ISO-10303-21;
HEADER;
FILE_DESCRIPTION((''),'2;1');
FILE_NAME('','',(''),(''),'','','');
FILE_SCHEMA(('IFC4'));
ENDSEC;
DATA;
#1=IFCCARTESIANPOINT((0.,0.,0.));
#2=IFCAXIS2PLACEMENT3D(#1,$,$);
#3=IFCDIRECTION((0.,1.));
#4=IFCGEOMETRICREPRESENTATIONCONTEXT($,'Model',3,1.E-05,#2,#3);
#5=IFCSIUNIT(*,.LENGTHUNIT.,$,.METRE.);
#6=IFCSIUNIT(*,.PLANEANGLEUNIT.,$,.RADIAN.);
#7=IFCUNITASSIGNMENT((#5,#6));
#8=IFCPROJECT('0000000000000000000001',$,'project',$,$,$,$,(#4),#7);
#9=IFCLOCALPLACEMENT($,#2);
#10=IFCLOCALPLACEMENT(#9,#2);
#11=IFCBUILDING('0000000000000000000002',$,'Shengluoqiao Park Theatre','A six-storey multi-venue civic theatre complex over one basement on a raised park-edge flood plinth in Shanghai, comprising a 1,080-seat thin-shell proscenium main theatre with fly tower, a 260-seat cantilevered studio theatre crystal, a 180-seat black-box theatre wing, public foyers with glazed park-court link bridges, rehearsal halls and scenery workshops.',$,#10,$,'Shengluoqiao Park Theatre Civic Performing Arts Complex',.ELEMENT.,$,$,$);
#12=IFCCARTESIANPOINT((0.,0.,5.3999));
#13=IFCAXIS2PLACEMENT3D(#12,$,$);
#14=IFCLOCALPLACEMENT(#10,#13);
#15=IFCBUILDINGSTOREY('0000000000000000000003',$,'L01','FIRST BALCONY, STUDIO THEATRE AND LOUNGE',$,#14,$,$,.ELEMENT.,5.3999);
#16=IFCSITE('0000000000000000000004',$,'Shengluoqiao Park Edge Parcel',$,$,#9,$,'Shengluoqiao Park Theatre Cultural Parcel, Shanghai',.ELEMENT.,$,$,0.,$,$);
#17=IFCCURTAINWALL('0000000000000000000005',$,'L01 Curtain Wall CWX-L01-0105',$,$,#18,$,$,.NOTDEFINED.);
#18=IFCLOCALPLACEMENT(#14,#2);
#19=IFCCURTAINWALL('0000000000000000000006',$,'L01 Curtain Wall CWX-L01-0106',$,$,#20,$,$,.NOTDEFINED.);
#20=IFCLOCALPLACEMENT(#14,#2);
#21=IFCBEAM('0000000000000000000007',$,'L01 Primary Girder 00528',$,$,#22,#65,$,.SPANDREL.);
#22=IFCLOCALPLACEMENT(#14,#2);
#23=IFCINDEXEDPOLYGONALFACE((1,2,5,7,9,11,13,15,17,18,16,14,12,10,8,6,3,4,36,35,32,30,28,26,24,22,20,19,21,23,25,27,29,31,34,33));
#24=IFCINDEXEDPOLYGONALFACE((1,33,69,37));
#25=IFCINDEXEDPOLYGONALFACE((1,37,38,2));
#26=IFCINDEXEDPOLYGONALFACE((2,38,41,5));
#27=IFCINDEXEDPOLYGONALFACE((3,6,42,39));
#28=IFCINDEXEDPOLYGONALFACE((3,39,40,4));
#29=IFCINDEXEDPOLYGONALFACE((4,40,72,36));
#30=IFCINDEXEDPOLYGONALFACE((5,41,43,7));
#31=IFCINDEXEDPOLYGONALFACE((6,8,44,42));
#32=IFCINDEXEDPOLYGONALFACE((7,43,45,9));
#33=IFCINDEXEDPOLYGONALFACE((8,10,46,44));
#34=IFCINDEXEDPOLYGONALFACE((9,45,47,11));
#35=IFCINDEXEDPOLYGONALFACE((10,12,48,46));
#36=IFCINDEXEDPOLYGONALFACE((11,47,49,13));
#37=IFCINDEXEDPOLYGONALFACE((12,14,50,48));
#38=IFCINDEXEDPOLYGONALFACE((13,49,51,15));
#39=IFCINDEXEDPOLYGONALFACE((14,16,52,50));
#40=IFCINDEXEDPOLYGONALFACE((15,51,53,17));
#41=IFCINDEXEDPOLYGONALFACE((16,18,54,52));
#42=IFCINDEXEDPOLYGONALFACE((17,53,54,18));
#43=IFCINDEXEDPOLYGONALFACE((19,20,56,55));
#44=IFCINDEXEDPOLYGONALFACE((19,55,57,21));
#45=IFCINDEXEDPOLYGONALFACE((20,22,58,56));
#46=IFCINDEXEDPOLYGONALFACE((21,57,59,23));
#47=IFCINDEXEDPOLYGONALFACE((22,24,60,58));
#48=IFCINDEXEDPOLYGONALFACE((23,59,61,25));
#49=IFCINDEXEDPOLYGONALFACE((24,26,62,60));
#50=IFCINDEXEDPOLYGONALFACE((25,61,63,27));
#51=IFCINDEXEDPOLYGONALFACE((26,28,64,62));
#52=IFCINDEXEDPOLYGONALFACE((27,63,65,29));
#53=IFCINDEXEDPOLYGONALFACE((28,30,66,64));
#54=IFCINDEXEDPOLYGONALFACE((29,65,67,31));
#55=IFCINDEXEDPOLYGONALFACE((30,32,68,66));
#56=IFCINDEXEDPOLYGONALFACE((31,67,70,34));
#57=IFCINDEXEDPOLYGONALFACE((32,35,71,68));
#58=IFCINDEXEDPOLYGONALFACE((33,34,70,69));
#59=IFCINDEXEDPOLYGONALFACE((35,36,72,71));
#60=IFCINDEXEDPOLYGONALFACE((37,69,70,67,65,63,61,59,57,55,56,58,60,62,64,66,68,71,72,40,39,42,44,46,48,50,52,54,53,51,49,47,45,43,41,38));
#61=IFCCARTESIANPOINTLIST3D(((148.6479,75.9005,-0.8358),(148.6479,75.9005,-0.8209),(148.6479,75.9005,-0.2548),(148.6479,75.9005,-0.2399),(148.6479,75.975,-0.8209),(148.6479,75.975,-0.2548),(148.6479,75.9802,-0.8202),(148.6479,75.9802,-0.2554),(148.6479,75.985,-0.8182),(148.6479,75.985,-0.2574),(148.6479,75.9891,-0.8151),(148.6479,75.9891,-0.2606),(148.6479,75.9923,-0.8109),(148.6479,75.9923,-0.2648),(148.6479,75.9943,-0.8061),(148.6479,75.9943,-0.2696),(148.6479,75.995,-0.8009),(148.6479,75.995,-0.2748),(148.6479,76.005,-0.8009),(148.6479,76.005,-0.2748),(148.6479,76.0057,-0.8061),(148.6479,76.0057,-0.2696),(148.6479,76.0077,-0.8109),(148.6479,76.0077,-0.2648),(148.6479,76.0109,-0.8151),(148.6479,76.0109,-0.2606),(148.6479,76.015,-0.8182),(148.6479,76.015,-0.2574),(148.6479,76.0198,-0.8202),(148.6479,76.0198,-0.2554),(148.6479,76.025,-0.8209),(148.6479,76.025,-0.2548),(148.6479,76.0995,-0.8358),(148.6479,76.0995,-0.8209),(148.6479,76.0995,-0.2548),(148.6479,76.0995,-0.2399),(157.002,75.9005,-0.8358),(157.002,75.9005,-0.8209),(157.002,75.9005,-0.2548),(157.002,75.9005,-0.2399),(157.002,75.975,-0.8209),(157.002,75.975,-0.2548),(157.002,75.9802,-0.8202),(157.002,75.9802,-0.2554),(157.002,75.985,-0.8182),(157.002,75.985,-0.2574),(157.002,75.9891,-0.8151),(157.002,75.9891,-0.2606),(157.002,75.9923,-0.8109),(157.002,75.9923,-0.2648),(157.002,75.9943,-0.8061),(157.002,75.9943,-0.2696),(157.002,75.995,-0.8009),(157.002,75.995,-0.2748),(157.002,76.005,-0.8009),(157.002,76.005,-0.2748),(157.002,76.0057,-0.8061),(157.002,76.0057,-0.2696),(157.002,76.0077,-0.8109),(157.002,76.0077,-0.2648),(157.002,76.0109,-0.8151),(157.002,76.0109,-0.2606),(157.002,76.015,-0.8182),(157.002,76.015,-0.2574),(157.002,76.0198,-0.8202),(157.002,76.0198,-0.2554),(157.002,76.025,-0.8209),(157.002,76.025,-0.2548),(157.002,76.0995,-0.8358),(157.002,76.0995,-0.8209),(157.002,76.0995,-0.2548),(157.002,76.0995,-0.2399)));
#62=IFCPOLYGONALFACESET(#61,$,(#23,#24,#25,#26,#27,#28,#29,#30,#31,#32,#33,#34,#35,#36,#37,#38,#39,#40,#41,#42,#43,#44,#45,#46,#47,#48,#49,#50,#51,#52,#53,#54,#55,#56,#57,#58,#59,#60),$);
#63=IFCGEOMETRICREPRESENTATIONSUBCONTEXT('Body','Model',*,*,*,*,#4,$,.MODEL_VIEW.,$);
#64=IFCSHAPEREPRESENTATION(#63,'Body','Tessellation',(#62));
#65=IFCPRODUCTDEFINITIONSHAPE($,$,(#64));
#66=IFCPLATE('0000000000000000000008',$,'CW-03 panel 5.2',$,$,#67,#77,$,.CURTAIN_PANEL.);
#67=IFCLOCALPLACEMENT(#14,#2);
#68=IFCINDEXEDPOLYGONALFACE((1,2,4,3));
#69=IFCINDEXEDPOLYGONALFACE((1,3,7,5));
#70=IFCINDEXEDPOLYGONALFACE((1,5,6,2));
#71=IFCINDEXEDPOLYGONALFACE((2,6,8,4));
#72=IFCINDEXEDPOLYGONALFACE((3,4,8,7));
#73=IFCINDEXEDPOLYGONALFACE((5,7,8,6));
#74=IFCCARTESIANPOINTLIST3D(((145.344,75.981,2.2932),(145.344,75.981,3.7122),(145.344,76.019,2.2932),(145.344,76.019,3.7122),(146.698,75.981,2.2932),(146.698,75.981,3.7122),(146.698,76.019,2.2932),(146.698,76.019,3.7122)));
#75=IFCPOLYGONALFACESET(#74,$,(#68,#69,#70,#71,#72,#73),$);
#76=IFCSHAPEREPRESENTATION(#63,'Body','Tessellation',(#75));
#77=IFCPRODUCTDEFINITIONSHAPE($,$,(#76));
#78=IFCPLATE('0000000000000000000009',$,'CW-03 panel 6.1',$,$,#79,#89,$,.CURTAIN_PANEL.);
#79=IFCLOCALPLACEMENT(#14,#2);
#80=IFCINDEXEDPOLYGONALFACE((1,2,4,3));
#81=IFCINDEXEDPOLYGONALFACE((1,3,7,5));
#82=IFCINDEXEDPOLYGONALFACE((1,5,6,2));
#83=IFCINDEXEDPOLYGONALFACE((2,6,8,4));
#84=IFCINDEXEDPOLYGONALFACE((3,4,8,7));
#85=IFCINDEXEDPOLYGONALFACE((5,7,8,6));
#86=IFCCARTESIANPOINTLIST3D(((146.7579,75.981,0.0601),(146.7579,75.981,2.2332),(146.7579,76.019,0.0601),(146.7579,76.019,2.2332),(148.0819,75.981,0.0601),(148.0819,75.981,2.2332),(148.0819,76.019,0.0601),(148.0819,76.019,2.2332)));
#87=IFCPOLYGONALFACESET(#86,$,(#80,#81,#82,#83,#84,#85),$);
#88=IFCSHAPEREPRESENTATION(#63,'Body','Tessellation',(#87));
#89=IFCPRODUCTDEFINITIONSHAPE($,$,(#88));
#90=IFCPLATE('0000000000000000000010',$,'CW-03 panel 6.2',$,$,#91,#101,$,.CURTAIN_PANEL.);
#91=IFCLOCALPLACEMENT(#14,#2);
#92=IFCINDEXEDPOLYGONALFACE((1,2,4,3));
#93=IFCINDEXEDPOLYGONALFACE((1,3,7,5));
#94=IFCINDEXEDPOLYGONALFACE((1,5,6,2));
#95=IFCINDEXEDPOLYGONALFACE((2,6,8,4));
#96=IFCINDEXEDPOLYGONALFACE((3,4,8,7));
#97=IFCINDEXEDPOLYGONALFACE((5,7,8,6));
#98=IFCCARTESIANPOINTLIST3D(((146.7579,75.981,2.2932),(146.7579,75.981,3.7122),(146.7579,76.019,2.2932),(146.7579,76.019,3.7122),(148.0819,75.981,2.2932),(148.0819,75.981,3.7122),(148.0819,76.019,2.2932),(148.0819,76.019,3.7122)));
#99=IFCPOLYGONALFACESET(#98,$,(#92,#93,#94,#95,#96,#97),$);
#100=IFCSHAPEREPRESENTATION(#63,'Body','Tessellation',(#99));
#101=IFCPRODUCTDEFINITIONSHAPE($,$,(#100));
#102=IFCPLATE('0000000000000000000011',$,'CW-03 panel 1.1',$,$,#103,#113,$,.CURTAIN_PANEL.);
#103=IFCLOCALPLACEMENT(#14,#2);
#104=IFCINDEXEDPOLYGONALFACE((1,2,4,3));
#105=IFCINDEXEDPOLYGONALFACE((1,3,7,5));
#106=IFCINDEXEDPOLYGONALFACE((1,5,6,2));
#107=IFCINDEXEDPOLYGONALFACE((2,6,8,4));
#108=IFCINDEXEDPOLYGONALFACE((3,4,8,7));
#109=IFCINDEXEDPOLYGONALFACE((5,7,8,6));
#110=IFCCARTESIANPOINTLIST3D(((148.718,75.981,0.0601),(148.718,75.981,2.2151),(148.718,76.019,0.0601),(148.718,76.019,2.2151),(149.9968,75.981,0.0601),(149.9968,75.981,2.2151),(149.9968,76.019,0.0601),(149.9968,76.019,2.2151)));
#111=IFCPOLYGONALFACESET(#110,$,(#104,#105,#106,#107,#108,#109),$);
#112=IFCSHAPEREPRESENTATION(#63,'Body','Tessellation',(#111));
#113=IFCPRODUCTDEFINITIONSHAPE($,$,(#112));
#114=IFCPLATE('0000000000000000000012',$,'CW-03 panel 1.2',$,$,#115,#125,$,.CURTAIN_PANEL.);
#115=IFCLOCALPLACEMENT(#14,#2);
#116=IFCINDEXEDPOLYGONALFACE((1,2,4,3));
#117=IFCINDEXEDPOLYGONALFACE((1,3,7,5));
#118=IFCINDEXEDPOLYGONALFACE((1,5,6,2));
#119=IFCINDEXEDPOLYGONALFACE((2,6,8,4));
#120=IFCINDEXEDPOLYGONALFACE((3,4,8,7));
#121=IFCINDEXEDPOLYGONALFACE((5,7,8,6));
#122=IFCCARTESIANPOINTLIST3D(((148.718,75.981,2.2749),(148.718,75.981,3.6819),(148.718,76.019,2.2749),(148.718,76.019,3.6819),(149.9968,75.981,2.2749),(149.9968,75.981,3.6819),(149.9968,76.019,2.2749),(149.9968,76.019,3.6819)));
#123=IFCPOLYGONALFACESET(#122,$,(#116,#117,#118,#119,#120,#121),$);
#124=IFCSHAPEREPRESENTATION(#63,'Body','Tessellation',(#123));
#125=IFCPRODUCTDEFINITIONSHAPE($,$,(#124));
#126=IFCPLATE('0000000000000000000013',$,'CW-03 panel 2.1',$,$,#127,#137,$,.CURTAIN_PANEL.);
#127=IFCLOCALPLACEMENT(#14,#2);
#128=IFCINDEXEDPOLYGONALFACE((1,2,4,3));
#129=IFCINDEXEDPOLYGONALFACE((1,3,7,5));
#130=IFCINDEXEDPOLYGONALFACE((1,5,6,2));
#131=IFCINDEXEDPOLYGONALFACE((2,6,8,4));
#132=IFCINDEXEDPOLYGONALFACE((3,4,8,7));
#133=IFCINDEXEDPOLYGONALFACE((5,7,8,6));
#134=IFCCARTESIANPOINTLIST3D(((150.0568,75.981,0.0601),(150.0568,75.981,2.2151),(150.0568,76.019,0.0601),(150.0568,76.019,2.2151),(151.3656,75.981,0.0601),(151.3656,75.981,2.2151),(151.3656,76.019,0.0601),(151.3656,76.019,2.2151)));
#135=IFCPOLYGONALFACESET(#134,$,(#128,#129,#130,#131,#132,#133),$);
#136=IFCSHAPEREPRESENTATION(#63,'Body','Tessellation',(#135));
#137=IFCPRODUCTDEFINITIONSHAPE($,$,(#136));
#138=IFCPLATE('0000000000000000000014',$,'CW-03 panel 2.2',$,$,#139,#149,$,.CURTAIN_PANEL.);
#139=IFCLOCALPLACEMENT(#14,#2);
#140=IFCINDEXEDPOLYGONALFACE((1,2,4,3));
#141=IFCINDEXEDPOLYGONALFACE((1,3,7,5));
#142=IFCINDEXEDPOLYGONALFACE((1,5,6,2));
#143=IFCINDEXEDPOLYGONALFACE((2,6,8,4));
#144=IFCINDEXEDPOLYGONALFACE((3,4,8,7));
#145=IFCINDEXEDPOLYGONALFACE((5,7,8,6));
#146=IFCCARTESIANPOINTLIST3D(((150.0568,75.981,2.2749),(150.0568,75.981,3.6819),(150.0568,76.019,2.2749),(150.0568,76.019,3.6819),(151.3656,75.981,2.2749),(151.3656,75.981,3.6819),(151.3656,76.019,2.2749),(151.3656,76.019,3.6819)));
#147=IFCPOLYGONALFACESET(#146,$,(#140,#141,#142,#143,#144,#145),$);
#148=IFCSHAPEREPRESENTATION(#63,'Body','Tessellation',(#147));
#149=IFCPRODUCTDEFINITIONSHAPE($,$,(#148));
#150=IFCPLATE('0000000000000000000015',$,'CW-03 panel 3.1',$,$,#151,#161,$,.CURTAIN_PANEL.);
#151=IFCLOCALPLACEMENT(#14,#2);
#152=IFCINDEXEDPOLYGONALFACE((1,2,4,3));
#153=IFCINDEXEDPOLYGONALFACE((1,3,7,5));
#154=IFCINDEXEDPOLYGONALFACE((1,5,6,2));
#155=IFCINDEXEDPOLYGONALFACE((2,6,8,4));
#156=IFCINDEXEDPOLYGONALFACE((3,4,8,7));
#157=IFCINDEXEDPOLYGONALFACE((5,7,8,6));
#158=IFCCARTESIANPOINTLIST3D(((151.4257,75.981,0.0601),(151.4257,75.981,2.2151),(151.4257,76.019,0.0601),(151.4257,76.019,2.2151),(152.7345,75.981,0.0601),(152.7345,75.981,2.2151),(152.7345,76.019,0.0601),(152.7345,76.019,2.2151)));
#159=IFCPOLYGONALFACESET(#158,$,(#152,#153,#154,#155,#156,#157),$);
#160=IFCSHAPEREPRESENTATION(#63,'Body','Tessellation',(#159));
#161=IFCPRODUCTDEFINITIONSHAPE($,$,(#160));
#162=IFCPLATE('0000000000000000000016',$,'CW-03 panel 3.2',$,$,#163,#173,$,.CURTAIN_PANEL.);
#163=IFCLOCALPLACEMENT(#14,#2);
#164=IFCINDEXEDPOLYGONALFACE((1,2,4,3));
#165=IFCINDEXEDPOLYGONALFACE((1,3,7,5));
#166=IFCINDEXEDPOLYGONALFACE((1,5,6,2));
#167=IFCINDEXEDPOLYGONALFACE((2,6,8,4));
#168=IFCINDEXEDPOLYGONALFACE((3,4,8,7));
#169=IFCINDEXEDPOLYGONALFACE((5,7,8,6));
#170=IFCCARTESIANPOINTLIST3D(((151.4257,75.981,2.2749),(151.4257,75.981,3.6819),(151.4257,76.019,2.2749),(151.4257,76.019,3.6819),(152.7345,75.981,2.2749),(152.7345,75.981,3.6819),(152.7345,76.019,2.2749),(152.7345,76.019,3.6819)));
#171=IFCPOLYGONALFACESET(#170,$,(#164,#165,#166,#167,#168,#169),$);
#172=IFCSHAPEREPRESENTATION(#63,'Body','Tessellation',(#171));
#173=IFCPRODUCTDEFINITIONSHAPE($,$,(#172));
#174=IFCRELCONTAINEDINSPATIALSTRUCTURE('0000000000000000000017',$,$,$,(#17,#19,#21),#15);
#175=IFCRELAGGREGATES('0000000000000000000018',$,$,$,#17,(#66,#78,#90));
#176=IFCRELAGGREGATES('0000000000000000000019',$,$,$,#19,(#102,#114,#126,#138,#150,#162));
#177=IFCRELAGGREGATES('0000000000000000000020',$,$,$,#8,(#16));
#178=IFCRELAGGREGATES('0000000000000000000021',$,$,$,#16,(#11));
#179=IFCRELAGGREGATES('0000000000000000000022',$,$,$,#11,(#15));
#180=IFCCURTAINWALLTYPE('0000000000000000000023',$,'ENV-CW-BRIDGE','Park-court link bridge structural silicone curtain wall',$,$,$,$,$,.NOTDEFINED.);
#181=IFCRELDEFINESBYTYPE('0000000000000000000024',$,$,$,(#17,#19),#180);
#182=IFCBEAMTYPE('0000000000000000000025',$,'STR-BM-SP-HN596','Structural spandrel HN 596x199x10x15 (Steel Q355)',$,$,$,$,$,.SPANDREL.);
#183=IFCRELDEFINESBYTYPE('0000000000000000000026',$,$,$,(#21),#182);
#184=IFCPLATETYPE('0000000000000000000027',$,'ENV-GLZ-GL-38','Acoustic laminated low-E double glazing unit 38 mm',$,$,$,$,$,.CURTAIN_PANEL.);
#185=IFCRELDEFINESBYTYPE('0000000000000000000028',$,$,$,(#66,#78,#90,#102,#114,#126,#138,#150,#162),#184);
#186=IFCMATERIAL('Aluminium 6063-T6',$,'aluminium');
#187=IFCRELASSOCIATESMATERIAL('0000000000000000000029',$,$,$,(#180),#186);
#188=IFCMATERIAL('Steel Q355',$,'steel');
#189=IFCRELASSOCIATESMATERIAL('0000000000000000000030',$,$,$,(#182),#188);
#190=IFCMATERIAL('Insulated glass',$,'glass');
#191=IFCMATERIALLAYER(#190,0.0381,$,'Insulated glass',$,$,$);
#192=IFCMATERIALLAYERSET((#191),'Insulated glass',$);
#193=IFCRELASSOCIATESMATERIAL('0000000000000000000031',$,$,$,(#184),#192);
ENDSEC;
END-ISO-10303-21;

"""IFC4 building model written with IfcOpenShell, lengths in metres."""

from ifc_helpers import new_model, si_unit, direction, frame, origin, origin_2d, place, context, subcontext, project, spatial, rectangle, i_section, extrude, material, layer, layer_set, material_profile, profile_set, type_object, element, aggregate, save


model = new_model("IFC4")

# Units and contexts
model_context = context("Model", 3, precision=1e-05, world=origin(), true_north=direction((0.0, 1.0)))
body_context = subcontext(model_context, "Body", "Model", "MODEL_VIEW")
ifc_project = project(units=[si_unit("LENGTHUNIT", "METRE"), si_unit("PLANEANGLEUNIT", "RADIAN")], contexts=[model_context])

# Site, building, storey
site_placement = place(None, origin())
site = spatial("IfcSite", under=ifc_project, at=site_placement, Name="Shengluoqiao Park Edge Parcel", LongName="Shengluoqiao Park Theatre Cultural Parcel, Shanghai", CompositionType="ELEMENT", RefElevation=0.0)
building_placement = place(site_placement, origin())
building = spatial("IfcBuilding", under=site, at=building_placement, Name="Shengluoqiao Park Theatre", Description="A six-storey multi-venue civic theatre complex over one basement on a raised park-edge flood plinth in Shanghai, comprising a 1,080-seat thin-shell proscenium main theatre with fly tower, a 260-seat cantilevered studio theatre crystal, a 180-seat black-box theatre wing, public foyers with glazed park-court link bridges, rehearsal halls and scenery workshops.", LongName="Shengluoqiao Park Theatre Civic Performing Arts Complex", CompositionType="ELEMENT")
storey_placement = place(building_placement, frame((0.0, 0.0, 5.3999)))
storey = spatial("IfcBuildingStorey", under=building, at=storey_placement, Name="L01", Description="FIRST BALCONY, STUDIO THEATRE AND LOUNGE", CompositionType="ELEMENT", Elevation=5.3999)

# Curtain walls
ifc_material_1 = material(Name="Aluminium 6063-T6", Category="aluminium")
curtain_wall_type = type_object("IfcCurtainWallType", Name="ENV-CW-BRIDGE", Description="Park-court link bridge structural silicone curtain wall", PredefinedType="NOTDEFINED", material=ifc_material_1)
curtain_wall_1_placement = place(storey_placement, origin())
curtain_wall_1 = element("IfcCurtainWall", 1, at=curtain_wall_1_placement, inside=storey, type_object=curtain_wall_type, Name="L01 Curtain Wall CWX-L01-0105", PredefinedType="NOTDEFINED")
curtain_wall_2_placement = place(storey_placement, origin())
curtain_wall_2 = element("IfcCurtainWall", 2, at=curtain_wall_2_placement, inside=storey, type_object=curtain_wall_type, Name="L01 Curtain Wall CWX-L01-0106", PredefinedType="NOTDEFINED")

# Beam
ifc_material_2 = material(Name="Steel Q355", Category="steel")
ifc_material_profile_1 = material_profile(ifc_material_2, i_section(OverallWidth=0.199, OverallDepth=0.5959, WebThickness=0.01, FlangeThickness=0.0149, FilletRadius=0.02, at=origin_2d()), Name="HN 596x199x10x15")
ifc_profile_set_1 = profile_set([ifc_material_profile_1], Name="Steel Q355")
beam_type_1 = type_object("IfcBeamType", Name="STR-BM-SP-HN596", Description="Structural spandrel HN 596x199x10x15 (Steel Q355)", PredefinedType="SPANDREL", material=ifc_profile_set_1)
beam_1_placement = place(storey_placement, frame((148.6479, 76.0, -0.5378), z_axis=(1.0, 0.0, 0.0), x_axis=(0.0, 1.0, 0.0)))
element("IfcBeam", 3, at=beam_1_placement, inside=storey, type_object=beam_type_1, Name="L01 Primary Girder 00528", PredefinedType="SPANDREL", context=body_context, shape_type="SweptSolid", body=[
    extrude(i_section(OverallWidth=0.199, OverallDepth=0.5959, WebThickness=0.01, FlangeThickness=0.0149, FilletRadius=0.02, at=origin_2d()), origin(), (0.0, 0.0, 1.0), 8.354),
])

# Plates
ifc_material_3 = material(Name="Insulated glass", Category="glass")
ifc_layer = layer(ifc_material_3, 0.0381, Name="Insulated glass")
ifc_layer_set = layer_set([ifc_layer], Name="Insulated glass")
plate_type = type_object("IfcPlateType", Name="ENV-GLZ-GL-38", Description="Acoustic laminated low-E double glazing unit 38 mm", PredefinedType="CURTAIN_PANEL", material=ifc_layer_set)
plate_1_placement = place(storey_placement, frame((146.021, 76.0, 2.2932), z_axis=(0.0, 0.0, 1.0), x_axis=(1.0, 0.0, 0.0)))
plate_1 = element("IfcPlate", 4, at=plate_1_placement, type_object=plate_type, Name="CW-03 panel 5.2", PredefinedType="CURTAIN_PANEL", context=body_context, shape_type="SweptSolid", body=[
    extrude(rectangle(XDim=1.354, YDim=0.0381, at=origin_2d()), origin(), (0.0, 0.0, 1.0), 1.4189),
])
plate_2_placement = place(storey_placement, frame((147.4199, 76.0, 0.0601), z_axis=(0.0, 0.0, 1.0), x_axis=(1.0, 0.0, 0.0)))
plate_2 = element("IfcPlate", 5, at=plate_2_placement, type_object=plate_type, Name="CW-03 panel 6.1", PredefinedType="CURTAIN_PANEL", context=body_context, shape_type="SweptSolid", body=[
    extrude(rectangle(XDim=1.324, YDim=0.0381, at=origin_2d()), origin(), (0.0, 0.0, 1.0), 2.1731),
])
plate_3_placement = place(storey_placement, frame((147.4199, 76.0, 2.2932), z_axis=(0.0, 0.0, 1.0), x_axis=(1.0, 0.0, 0.0)))
plate_3 = element("IfcPlate", 6, at=plate_3_placement, type_object=plate_type, Name="CW-03 panel 6.2", PredefinedType="CURTAIN_PANEL", context=body_context, shape_type="SweptSolid", body=[
    extrude(rectangle(XDim=1.324, YDim=0.0381, at=origin_2d()), origin(), (0.0, 0.0, 1.0), 1.4189),
])
aggregate(curtain_wall_1, [plate_1, plate_2, plate_3])
plate_4_placement = place(storey_placement, frame((149.3574, 76.0, 0.0601), z_axis=(0.0, 0.0, 1.0), x_axis=(1.0, 0.0, 0.0)))
plate_4 = element("IfcPlate", 7, at=plate_4_placement, type_object=plate_type, Name="CW-03 panel 1.1", PredefinedType="CURTAIN_PANEL", context=body_context, shape_type="SweptSolid", body=[
    extrude(rectangle(XDim=1.2788, YDim=0.0381, at=origin_2d()), origin(), (0.0, 0.0, 1.0), 2.155),
])
plate_5_placement = place(storey_placement, frame((149.3574, 76.0, 2.2749), z_axis=(0.0, 0.0, 1.0), x_axis=(1.0, 0.0, 0.0)))
plate_5 = element("IfcPlate", 8, at=plate_5_placement, type_object=plate_type, Name="CW-03 panel 1.2", PredefinedType="CURTAIN_PANEL", context=body_context, shape_type="SweptSolid", body=[
    extrude(rectangle(XDim=1.2788, YDim=0.0381, at=origin_2d()), origin(), (0.0, 0.0, 1.0), 1.407),
])
plate_6_placement = place(storey_placement, frame((150.7112, 76.0, 0.0601), z_axis=(0.0, 0.0, 1.0), x_axis=(1.0, 0.0, 0.0)))
plate_6 = element("IfcPlate", 9, at=plate_6_placement, type_object=plate_type, Name="CW-03 panel 2.1", PredefinedType="CURTAIN_PANEL", context=body_context, shape_type="SweptSolid", body=[
    extrude(rectangle(XDim=1.3088, YDim=0.0381, at=origin_2d()), origin(), (0.0, 0.0, 1.0), 2.155),
])
plate_7_placement = place(storey_placement, frame((150.7112, 76.0, 2.2749), z_axis=(0.0, 0.0, 1.0), x_axis=(1.0, 0.0, 0.0)))
plate_7 = element("IfcPlate", 10, at=plate_7_placement, type_object=plate_type, Name="CW-03 panel 2.2", PredefinedType="CURTAIN_PANEL", context=body_context, shape_type="SweptSolid", body=[
    extrude(rectangle(XDim=1.3088, YDim=0.0381, at=origin_2d()), origin(), (0.0, 0.0, 1.0), 1.407),
])
plate_8_placement = place(storey_placement, frame((152.0801, 76.0, 0.0601), z_axis=(0.0, 0.0, 1.0), x_axis=(1.0, 0.0, 0.0)))
plate_8 = element("IfcPlate", 11, at=plate_8_placement, type_object=plate_type, Name="CW-03 panel 3.1", PredefinedType="CURTAIN_PANEL", context=body_context, shape_type="SweptSolid", body=[
    extrude(rectangle(XDim=1.3088, YDim=0.0381, at=origin_2d()), origin(), (0.0, 0.0, 1.0), 2.155),
])
plate_9_placement = place(storey_placement, frame((152.0801, 76.0, 2.2749), z_axis=(0.0, 0.0, 1.0), x_axis=(1.0, 0.0, 0.0)))
plate_9 = element("IfcPlate", 12, at=plate_9_placement, type_object=plate_type, Name="CW-03 panel 3.2", PredefinedType="CURTAIN_PANEL", context=body_context, shape_type="SweptSolid", body=[
    extrude(rectangle(XDim=1.3088, YDim=0.0381, at=origin_2d()), origin(), (0.0, 0.0, 1.0), 1.407),
])
aggregate(curtain_wall_2, [plate_4, plate_5, plate_6, plate_7, plate_8, plate_9])

save(model, "model.ifc")
